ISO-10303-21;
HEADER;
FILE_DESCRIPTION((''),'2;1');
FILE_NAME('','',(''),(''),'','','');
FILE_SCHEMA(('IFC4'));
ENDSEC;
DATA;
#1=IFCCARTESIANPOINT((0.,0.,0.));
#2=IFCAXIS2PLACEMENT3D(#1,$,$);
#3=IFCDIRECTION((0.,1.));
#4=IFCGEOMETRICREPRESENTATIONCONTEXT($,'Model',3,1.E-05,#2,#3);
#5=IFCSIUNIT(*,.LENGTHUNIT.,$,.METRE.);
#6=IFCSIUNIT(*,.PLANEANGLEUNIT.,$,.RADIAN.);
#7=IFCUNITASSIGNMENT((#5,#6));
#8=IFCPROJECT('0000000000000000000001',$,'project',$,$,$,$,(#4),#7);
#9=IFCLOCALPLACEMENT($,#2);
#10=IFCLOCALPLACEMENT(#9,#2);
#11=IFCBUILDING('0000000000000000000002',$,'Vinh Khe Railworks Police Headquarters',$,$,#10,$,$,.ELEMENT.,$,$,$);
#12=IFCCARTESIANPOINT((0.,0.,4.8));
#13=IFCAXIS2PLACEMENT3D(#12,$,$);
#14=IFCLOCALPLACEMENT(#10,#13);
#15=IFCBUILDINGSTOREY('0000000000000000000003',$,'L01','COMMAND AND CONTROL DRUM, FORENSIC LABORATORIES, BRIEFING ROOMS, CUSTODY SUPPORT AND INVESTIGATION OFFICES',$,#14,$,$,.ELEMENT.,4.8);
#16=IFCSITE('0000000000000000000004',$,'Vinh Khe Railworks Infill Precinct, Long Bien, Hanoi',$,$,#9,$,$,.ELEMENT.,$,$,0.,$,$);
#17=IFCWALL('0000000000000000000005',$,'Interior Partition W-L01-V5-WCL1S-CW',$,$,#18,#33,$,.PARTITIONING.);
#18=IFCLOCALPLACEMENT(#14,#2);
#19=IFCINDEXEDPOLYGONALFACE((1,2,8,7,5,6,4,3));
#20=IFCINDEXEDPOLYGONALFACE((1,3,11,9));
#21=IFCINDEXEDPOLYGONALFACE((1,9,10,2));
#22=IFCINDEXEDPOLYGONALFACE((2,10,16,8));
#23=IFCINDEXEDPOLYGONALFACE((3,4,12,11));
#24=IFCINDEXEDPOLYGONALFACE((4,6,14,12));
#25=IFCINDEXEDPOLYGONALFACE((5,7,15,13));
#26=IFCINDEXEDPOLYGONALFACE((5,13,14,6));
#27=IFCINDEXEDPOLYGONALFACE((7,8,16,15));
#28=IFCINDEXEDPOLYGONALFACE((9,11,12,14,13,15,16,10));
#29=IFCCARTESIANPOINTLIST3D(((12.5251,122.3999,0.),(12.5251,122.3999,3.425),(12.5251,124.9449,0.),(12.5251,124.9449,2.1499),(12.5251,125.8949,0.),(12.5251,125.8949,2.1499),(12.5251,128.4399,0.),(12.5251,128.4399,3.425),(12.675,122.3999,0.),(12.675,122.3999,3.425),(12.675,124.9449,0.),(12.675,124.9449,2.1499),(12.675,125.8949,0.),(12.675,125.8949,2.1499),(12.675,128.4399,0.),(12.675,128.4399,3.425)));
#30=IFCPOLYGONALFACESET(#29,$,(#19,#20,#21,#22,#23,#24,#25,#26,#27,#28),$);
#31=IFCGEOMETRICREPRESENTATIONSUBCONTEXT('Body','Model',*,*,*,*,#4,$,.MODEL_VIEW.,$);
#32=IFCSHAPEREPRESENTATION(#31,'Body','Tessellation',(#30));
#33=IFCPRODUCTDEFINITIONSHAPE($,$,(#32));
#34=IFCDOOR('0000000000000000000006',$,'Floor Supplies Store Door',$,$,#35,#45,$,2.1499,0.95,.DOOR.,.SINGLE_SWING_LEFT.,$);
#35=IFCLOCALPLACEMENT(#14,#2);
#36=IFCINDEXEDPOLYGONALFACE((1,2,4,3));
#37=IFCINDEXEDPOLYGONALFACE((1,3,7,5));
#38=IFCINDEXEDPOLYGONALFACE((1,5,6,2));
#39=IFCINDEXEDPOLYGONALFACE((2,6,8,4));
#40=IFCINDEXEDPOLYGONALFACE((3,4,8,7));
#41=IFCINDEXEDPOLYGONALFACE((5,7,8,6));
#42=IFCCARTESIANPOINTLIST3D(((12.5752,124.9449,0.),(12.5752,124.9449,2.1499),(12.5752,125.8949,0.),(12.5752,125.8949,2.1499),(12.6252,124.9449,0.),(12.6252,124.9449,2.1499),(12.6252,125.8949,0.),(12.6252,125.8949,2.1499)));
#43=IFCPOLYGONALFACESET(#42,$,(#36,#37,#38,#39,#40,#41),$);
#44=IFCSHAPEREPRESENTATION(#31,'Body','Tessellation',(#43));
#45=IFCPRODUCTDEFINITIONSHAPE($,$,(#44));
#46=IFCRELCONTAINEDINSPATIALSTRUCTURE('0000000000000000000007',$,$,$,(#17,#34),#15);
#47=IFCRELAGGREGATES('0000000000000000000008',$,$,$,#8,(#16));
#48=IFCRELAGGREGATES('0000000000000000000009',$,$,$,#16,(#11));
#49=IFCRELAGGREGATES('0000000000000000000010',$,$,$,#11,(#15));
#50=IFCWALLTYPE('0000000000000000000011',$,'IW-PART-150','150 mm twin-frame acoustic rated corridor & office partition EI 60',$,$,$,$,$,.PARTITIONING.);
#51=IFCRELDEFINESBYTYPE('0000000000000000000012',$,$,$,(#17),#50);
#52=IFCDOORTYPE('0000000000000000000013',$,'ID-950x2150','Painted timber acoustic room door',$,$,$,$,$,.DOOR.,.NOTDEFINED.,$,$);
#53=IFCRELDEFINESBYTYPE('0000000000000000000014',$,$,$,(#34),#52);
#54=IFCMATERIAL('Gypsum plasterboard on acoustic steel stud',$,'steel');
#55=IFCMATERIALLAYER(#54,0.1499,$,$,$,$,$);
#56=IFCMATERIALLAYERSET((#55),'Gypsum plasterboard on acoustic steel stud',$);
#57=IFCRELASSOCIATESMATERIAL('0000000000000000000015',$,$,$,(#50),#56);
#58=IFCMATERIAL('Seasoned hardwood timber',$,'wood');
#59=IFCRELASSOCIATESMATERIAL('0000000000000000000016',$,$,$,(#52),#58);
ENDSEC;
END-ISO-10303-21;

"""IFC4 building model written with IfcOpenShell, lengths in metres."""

from ifc_helpers import new_model, si_unit, direction, frame, frame_2d, origin, place, context, subcontext, project, spatial, rectangle, extrude, material, layer, layer_set, type_object, element, fill, save


model = new_model("IFC4")

# Units and contexts
model_context = context("Model", 3, precision=1e-05, world=origin(), true_north=direction((0.0, 1.0)))
body_context = subcontext(model_context, "Body", "Model", "MODEL_VIEW")
ifc_project = project(units=[si_unit("LENGTHUNIT", "METRE"), si_unit("PLANEANGLEUNIT", "RADIAN")], contexts=[model_context])

# Site, building, storey
site_placement = place(None, origin())
site = spatial("IfcSite", under=ifc_project, at=site_placement, Name="Vinh Khe Railworks Infill Precinct, Long Bien, Hanoi", CompositionType="ELEMENT", RefElevation=0.0)
building_placement = place(site_placement, origin())
building = spatial("IfcBuilding", under=site, at=building_placement, Name="Vinh Khe Railworks Police Headquarters", CompositionType="ELEMENT")
storey_placement = place(building_placement, frame((0.0, 0.0, 4.8)))
storey = spatial("IfcBuildingStorey", under=building, at=storey_placement, Name="L01", Description="COMMAND AND CONTROL DRUM, FORENSIC LABORATORIES, BRIEFING ROOMS, CUSTODY SUPPORT AND INVESTIGATION OFFICES", CompositionType="ELEMENT", Elevation=4.8)

# Wall, opening, door
ifc_material_1 = material(Name="Gypsum plasterboard on acoustic steel stud", Category="steel")
ifc_layer_1 = layer(ifc_material_1, 0.1499)
ifc_layer_set_1 = layer_set([ifc_layer_1], Name="Gypsum plasterboard on acoustic steel stud")
wall_type_1 = type_object("IfcWallType", Name="IW-PART-150", Description="150 mm twin-frame acoustic rated corridor & office partition EI 60", PredefinedType="PARTITIONING", material=ifc_layer_set_1)
wall_1_placement = place(storey_placement, frame((12.6001, 122.3999, 0.0), z_axis=(0.0, 0.0, 1.0), x_axis=(0.0, 1.0, 0.0)))
wall_1 = element("IfcWall", 1, at=wall_1_placement, inside=storey, type_object=wall_type_1, Name="Interior Partition W-L01-V5-WCL1S-CW", PredefinedType="PARTITIONING", context=body_context, shape_type="SweptSolid", body=[
    extrude(rectangle(XDim=6.04, YDim=0.1499, at=frame_2d((3.02, 0.0))), origin(), (0.0, 0.0, 1.0), 3.425),
])
opening_1_placement = place(wall_1_placement, frame((2.5449, 0.0, 0.0)))
opening_1 = element("IfcOpeningElement", 2, at=opening_1_placement, cuts=wall_1, PredefinedType="OPENING", context=body_context, shape_type="SweptSolid", body=[
    extrude(rectangle(XDim=0.95, YDim=2.1499, at=frame_2d((0.4751, 1.075))), frame((0.0, 0.0898, 0.0), z_axis=(0.0, -1.0, 0.0), x_axis=(1.0, 0.0, 0.0)), (0.0, 0.0, 1.0), 0.1797),
])
ifc_material_2 = material(Name="Seasoned hardwood timber", Category="wood")
door_type_1 = type_object("IfcDoorType", Name="ID-950x2150", Description="Painted timber acoustic room door", OperationType="NOTDEFINED", PredefinedType="DOOR", material=ifc_material_2)
door_1_placement = place(opening_1_placement, origin())
door_1 = element("IfcDoor", 3, at=door_1_placement, inside=storey, type_object=door_type_1, Name="Floor Supplies Store Door", OperationType="SINGLE_SWING_LEFT", OverallHeight=2.1499, OverallWidth=0.95, PredefinedType="DOOR", context=body_context, shape_type="SweptSolid", body=[
    extrude(rectangle(XDim=0.95, YDim=2.1499, at=frame_2d((0.4751, 1.075))), frame((0.0, 0.0249, 0.0), z_axis=(0.0, -1.0, 0.0), x_axis=(1.0, 0.0, 0.0)), (0.0, 0.0, 1.0), 0.05),
])
fill(opening_1, door_1)

save(model, "model.ifc")
